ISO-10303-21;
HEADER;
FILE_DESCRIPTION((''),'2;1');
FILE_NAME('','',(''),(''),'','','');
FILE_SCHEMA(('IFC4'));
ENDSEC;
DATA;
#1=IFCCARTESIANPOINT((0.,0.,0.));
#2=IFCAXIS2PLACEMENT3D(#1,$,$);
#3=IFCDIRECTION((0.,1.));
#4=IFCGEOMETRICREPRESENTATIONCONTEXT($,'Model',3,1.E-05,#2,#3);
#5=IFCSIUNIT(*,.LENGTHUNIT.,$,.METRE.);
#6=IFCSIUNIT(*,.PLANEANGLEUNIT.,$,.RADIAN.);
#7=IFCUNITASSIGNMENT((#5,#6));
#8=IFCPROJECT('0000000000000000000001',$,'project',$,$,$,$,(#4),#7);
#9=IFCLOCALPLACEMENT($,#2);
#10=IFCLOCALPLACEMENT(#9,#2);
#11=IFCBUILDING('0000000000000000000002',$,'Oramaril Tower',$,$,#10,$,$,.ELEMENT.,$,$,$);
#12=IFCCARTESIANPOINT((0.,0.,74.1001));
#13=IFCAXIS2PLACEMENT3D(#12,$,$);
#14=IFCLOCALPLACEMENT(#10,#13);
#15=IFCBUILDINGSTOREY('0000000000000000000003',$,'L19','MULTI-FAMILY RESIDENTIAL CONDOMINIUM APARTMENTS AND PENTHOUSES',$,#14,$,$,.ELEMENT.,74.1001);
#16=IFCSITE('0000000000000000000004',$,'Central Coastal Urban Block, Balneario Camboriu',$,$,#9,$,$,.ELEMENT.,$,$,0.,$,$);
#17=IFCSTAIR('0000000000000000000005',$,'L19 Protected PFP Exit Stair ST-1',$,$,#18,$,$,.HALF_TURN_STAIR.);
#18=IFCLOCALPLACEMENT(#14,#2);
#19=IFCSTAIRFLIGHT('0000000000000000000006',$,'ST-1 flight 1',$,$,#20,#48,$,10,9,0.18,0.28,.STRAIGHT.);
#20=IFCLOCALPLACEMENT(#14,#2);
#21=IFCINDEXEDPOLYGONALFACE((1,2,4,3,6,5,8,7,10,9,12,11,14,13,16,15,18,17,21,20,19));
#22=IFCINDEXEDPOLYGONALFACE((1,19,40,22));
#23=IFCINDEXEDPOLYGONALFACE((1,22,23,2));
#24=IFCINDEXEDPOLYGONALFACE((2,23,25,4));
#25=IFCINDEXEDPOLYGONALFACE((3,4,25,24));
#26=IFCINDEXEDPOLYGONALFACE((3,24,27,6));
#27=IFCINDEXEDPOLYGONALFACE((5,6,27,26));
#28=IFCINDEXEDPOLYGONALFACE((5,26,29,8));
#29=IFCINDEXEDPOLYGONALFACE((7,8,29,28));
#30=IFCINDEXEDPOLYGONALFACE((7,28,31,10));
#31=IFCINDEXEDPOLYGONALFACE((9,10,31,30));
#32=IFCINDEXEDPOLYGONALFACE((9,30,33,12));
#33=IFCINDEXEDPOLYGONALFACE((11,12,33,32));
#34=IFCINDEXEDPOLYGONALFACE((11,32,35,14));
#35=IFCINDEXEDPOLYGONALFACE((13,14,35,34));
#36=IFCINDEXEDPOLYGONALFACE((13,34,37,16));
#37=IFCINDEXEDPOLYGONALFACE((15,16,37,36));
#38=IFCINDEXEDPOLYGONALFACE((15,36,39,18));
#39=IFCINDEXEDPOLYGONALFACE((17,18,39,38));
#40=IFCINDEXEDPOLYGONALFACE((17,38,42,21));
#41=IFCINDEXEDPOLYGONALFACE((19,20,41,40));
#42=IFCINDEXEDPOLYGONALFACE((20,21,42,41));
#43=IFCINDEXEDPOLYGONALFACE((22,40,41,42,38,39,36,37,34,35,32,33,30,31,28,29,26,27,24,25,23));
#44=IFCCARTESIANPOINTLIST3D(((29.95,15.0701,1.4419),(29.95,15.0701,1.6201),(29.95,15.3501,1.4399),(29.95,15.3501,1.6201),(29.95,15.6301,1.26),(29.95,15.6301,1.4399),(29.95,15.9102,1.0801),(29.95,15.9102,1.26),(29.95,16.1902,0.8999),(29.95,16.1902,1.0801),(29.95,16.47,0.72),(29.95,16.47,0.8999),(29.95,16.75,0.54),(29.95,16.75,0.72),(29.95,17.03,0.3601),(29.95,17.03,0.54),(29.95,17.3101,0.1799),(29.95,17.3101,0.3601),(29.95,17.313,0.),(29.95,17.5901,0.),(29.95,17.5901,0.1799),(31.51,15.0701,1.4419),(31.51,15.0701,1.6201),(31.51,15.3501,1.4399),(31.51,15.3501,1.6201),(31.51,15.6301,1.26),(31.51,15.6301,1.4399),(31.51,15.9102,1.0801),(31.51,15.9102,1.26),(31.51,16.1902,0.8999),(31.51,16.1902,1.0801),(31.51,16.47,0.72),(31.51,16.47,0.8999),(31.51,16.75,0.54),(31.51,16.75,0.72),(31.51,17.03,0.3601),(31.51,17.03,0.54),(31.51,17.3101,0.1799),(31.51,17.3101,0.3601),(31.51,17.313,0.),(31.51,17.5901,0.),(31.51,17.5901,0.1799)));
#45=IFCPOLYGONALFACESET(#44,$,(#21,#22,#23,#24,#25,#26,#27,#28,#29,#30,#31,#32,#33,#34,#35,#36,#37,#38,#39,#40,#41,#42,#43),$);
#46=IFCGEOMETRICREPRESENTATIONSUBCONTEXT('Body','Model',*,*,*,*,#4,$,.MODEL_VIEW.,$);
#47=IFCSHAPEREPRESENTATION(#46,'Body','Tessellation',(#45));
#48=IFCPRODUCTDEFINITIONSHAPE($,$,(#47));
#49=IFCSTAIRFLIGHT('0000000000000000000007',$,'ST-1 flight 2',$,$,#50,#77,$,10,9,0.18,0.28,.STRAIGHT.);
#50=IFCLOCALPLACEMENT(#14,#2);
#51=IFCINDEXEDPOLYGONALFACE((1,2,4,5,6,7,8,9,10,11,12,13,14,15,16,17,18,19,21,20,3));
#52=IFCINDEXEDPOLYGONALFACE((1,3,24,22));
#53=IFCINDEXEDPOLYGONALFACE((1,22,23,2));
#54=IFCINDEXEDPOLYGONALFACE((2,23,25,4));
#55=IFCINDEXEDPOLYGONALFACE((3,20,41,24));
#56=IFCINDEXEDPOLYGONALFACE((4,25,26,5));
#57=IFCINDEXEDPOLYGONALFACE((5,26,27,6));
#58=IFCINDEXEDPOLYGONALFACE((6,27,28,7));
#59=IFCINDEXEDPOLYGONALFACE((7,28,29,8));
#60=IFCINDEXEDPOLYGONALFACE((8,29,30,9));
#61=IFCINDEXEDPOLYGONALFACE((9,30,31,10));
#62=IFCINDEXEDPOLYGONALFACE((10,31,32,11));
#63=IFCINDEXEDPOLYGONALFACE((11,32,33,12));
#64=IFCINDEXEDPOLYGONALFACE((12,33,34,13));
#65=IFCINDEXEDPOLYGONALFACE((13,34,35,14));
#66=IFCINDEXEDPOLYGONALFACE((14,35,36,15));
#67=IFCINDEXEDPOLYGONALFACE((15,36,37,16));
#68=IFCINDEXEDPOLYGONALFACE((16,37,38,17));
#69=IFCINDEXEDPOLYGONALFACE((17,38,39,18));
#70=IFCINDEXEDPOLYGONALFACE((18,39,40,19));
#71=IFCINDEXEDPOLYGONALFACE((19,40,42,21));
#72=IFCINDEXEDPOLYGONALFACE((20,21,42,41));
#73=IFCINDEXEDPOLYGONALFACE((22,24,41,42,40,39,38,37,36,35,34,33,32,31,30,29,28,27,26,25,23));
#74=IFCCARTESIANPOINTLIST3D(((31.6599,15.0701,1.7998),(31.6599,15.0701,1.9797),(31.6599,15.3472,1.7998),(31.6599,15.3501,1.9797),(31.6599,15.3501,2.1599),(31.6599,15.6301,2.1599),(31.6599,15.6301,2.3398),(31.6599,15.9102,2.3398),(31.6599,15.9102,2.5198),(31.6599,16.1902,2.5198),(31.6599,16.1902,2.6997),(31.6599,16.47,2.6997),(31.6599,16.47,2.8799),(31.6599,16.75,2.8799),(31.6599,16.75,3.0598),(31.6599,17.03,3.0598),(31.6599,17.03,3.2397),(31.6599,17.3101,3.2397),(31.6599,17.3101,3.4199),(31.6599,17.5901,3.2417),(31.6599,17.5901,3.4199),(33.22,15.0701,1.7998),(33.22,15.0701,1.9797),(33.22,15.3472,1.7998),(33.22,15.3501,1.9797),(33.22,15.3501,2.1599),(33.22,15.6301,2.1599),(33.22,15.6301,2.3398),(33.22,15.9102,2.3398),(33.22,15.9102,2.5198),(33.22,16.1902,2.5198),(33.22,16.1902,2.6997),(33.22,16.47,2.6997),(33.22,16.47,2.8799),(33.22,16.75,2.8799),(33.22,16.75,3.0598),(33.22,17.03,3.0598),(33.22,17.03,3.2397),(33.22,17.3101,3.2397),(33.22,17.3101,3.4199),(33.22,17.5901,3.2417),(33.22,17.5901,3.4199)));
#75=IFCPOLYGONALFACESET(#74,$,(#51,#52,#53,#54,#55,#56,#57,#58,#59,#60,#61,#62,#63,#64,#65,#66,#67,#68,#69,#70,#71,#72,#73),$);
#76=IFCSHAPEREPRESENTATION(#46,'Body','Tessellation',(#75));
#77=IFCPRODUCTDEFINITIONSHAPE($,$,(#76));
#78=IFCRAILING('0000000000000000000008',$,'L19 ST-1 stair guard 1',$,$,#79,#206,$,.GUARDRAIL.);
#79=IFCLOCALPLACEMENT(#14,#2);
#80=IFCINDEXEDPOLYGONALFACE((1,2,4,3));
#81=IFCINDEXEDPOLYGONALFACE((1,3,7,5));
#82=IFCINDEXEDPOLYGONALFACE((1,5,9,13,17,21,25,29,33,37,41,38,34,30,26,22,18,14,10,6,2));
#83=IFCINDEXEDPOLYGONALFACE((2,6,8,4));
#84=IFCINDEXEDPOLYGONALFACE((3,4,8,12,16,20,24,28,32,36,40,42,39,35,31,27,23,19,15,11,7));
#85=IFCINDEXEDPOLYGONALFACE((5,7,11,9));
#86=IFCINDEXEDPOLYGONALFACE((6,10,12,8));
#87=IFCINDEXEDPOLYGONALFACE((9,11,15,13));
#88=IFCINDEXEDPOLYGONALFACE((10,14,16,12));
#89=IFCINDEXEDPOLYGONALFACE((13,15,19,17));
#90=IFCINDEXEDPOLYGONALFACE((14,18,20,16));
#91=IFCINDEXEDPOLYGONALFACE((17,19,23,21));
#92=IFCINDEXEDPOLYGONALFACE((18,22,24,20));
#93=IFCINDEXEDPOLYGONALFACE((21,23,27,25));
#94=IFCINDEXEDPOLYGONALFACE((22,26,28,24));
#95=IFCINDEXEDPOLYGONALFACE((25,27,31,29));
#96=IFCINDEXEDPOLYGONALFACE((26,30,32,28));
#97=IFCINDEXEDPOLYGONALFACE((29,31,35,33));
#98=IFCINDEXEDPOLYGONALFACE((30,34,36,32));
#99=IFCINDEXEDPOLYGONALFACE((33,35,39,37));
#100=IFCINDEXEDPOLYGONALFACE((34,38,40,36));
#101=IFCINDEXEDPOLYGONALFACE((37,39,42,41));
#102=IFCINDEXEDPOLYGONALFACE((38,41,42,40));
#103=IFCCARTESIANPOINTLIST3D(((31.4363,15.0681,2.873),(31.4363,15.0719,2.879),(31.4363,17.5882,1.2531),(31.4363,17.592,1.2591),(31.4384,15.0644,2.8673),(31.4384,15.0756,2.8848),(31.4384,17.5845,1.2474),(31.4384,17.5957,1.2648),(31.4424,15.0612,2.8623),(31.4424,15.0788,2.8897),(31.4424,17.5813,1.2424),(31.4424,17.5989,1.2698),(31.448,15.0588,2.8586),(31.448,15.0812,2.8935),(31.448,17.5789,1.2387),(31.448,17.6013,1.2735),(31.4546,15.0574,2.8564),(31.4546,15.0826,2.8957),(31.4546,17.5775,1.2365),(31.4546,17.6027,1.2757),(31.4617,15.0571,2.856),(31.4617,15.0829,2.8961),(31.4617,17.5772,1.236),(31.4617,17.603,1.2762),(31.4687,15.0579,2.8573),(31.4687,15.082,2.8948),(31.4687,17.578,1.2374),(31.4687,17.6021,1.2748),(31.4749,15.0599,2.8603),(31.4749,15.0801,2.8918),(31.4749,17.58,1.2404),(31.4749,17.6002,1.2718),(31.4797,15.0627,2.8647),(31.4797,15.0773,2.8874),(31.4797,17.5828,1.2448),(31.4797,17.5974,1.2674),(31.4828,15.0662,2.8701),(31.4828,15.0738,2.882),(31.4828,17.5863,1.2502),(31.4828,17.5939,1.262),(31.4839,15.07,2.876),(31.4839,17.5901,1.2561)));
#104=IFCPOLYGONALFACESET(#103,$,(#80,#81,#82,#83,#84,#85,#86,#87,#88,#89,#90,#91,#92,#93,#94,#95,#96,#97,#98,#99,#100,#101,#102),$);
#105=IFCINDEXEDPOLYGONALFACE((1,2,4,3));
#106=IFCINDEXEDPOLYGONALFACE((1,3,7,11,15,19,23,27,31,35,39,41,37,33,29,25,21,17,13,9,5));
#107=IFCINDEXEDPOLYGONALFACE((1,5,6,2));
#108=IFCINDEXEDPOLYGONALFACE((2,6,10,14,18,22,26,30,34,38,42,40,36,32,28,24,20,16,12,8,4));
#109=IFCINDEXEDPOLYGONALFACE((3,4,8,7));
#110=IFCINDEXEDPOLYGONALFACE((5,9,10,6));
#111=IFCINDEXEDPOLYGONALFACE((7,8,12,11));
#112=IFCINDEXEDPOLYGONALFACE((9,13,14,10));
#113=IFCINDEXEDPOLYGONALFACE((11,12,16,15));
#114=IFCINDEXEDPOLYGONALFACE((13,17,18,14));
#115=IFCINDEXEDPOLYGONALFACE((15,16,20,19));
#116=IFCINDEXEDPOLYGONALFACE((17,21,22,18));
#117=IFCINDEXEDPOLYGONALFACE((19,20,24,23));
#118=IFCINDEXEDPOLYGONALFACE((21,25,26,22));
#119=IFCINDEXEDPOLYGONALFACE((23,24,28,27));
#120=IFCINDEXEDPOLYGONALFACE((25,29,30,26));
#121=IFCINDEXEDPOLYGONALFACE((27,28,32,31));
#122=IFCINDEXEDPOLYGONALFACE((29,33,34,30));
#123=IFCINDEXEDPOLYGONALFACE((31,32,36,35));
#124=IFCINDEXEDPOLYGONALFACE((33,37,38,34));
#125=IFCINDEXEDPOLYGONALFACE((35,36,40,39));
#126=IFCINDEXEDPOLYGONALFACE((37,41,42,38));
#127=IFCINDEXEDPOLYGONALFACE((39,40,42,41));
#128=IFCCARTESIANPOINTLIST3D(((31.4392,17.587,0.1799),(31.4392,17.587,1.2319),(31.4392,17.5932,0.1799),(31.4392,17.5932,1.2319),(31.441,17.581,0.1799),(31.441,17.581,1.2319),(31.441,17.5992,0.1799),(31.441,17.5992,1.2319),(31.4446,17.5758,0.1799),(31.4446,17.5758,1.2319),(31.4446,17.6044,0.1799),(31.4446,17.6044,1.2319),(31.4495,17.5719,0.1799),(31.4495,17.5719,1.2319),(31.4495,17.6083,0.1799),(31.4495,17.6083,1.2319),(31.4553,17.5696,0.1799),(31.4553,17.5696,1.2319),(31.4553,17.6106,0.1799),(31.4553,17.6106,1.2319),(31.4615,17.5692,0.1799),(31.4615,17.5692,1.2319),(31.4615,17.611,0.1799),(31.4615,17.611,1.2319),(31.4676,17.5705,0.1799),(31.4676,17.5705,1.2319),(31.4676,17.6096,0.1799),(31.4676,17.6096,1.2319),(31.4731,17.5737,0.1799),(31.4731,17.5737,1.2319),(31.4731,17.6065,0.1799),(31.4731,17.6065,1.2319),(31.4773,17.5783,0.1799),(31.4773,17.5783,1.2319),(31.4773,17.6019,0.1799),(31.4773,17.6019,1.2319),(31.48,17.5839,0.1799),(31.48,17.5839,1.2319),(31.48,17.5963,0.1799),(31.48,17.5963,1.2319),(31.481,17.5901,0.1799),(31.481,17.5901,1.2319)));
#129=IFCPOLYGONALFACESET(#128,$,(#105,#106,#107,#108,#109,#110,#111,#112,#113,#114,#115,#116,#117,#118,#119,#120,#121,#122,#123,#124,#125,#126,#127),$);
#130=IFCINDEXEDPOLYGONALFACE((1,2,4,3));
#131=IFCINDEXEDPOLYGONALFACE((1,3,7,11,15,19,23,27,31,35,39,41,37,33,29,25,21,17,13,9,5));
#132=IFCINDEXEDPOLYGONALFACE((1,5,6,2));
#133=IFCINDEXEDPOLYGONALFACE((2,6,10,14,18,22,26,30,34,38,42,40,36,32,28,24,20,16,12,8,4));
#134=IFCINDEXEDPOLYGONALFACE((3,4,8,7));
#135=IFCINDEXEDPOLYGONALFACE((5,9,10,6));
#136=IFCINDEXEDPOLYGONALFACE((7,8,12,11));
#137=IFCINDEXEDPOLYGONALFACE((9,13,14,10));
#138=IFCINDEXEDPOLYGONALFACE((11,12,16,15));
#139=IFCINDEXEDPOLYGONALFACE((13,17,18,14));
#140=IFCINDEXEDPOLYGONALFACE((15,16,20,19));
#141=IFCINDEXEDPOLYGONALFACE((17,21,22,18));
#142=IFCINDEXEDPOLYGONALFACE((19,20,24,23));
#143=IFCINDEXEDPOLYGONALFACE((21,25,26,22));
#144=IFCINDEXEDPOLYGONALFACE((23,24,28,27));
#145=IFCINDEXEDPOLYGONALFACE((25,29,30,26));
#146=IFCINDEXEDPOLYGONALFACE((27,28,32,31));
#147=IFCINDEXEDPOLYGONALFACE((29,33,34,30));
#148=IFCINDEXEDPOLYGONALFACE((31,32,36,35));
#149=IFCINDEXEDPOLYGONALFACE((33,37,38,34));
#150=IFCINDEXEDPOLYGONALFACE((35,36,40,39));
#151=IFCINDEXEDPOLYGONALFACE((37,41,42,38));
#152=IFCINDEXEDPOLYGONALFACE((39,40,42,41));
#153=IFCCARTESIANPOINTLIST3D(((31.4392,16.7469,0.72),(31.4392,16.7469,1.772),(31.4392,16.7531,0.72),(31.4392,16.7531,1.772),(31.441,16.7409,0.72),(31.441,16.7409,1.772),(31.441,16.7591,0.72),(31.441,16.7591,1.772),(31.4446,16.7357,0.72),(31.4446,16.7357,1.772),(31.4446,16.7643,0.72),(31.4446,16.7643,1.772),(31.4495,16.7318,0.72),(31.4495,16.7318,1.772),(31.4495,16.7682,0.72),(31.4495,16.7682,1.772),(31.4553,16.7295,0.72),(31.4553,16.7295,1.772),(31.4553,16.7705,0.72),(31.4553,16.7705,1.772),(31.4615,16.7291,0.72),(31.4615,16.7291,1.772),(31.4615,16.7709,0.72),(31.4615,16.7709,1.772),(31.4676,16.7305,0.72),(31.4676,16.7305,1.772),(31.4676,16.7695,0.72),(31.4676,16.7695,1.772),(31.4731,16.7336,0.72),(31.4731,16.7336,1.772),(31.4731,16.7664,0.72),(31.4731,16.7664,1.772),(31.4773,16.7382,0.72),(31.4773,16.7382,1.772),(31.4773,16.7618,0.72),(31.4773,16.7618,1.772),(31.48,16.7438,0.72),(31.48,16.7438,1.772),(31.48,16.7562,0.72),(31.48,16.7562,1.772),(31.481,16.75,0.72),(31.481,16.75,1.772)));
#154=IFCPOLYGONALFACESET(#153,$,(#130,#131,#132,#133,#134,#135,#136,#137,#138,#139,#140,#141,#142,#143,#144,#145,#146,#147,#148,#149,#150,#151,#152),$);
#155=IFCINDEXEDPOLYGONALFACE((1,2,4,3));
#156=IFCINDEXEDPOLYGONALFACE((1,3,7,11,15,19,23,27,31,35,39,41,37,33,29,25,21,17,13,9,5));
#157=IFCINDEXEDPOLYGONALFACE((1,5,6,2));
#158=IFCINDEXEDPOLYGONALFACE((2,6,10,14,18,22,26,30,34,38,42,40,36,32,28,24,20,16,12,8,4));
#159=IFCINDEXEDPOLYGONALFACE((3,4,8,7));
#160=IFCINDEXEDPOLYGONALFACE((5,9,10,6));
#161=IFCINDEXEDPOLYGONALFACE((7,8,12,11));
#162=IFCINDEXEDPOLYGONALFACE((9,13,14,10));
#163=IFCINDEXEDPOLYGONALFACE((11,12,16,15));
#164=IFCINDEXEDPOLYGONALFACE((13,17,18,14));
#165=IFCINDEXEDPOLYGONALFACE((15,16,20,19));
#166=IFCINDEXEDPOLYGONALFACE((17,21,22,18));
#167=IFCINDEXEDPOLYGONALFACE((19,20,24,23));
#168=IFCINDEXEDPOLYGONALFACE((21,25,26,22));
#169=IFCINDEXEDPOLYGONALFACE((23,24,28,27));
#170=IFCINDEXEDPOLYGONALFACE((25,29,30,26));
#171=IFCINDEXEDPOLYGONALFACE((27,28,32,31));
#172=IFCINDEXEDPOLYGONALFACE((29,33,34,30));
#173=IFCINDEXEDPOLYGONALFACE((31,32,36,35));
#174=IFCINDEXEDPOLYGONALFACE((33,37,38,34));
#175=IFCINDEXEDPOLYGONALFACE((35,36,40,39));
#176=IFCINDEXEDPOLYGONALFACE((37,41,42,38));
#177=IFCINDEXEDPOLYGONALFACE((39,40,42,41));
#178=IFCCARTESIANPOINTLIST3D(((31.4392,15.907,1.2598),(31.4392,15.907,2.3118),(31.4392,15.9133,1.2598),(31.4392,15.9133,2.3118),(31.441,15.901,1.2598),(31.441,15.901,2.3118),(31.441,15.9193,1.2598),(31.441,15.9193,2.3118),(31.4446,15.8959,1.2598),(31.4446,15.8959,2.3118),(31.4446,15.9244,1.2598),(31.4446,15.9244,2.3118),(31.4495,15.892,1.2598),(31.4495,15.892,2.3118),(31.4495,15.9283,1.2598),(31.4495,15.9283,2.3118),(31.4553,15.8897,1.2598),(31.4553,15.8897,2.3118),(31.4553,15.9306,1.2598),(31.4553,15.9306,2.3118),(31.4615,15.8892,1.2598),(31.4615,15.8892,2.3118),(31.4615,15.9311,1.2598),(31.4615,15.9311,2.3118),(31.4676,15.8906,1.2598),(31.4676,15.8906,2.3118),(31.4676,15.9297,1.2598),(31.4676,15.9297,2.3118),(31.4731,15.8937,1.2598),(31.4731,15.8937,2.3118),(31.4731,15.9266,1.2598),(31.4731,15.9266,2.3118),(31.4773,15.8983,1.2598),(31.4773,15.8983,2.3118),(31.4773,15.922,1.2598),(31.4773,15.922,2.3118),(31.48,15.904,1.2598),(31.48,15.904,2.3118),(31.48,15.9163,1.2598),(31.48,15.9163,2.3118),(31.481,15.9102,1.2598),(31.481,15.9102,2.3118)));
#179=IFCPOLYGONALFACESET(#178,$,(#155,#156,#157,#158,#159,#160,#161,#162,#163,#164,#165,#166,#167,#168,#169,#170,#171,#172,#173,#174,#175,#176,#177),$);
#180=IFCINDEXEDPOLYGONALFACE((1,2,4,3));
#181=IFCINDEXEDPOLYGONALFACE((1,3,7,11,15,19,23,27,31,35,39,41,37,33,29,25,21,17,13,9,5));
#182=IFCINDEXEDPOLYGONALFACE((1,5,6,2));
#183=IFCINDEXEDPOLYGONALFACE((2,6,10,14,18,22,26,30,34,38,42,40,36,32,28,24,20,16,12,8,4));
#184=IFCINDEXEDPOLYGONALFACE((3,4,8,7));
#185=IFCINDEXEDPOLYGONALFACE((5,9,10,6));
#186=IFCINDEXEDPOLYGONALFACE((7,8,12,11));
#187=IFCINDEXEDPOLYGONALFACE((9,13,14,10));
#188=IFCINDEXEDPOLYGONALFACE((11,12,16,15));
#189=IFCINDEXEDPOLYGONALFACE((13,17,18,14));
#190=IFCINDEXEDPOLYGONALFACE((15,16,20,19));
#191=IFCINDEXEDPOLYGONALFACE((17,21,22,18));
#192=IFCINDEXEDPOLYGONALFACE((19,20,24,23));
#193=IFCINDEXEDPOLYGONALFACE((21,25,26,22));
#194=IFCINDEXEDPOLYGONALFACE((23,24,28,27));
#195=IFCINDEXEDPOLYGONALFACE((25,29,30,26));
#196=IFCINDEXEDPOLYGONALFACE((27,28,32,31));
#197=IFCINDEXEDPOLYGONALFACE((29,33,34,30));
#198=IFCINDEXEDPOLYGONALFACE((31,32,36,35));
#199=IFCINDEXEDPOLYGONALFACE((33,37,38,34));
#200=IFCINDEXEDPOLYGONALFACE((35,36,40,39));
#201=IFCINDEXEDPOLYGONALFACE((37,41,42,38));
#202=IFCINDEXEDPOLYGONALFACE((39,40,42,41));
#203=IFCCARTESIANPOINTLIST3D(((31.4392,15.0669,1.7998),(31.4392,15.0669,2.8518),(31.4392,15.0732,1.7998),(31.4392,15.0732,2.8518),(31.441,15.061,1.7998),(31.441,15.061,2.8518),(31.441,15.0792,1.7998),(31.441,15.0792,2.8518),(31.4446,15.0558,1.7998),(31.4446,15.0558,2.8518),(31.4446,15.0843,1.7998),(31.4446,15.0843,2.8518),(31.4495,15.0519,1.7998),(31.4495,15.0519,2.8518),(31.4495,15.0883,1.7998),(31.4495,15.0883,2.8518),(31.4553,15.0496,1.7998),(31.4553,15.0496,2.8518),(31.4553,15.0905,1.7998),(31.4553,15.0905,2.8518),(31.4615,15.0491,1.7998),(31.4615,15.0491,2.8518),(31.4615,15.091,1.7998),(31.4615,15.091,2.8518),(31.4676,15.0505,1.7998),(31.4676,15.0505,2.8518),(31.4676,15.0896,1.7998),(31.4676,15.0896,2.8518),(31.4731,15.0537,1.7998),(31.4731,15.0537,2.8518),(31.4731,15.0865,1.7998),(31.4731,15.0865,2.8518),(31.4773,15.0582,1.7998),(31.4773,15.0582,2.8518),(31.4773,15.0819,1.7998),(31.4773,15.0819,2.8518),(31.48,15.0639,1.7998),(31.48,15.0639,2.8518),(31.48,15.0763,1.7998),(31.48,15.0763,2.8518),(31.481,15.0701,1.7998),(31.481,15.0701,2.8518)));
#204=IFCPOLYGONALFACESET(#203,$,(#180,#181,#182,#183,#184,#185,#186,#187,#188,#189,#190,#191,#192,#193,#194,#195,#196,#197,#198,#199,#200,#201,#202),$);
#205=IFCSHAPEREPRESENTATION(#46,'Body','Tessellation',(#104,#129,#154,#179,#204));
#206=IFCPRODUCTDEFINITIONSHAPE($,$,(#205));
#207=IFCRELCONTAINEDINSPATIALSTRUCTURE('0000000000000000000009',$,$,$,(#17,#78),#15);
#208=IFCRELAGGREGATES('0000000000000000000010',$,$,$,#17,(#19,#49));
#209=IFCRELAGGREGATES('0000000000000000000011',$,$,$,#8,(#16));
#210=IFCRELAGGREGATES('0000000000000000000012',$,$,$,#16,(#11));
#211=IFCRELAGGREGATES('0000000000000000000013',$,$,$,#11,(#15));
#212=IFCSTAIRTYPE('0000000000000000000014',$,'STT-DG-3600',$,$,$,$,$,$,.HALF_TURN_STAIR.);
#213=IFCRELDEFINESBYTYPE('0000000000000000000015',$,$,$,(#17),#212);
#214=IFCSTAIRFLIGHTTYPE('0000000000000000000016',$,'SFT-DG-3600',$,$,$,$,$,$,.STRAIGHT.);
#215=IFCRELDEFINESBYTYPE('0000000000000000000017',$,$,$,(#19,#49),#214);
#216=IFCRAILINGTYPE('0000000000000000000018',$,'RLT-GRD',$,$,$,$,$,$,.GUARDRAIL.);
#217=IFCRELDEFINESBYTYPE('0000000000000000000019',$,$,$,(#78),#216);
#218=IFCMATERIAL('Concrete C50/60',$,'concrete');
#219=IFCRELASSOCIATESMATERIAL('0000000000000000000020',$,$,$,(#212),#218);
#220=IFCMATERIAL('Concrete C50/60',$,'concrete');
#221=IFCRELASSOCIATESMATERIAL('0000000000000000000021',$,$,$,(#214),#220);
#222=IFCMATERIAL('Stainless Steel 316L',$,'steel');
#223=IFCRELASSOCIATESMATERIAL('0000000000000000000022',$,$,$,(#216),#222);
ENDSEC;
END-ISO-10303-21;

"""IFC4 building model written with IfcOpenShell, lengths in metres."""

from ifc_helpers import new_model, si_unit, direction, frame, origin, origin_2d, place, context, subcontext, project, spatial, polyline, circle, outline, extrude, material, type_object, element, aggregate, save


model = new_model("IFC4")

# Units and contexts
model_context = context("Model", 3, precision=1e-05, world=origin(), true_north=direction((0.0, 1.0)))
body_context = subcontext(model_context, "Body", "Model", "MODEL_VIEW")
ifc_project = project(units=[si_unit("LENGTHUNIT", "METRE"), si_unit("PLANEANGLEUNIT", "RADIAN")], contexts=[model_context])

# Site, building, storey
site_placement = place(None, origin())
site = spatial("IfcSite", under=ifc_project, at=site_placement, Name="Central Coastal Urban Block, Balneario Camboriu", CompositionType="ELEMENT", RefElevation=0.0)
building_placement = place(site_placement, origin())
building = spatial("IfcBuilding", under=site, at=building_placement, Name="Oramaril Tower", CompositionType="ELEMENT")
storey_placement = place(building_placement, frame((0.0, 0.0, 74.1001)))
storey = spatial("IfcBuildingStorey", under=building, at=storey_placement, Name="L19", Description="MULTI-FAMILY RESIDENTIAL CONDOMINIUM APARTMENTS AND PENTHOUSES", CompositionType="ELEMENT", Elevation=74.1001)

# Stair, stair flights
ifc_material_1 = material(Name="Concrete C50/60", Category="concrete")
stair_type = type_object("IfcStairType", Name="STT-DG-3600", PredefinedType="HALF_TURN_STAIR", material=ifc_material_1)
stair_placement = place(storey_placement, origin())
stair = element("IfcStair", 1, at=stair_placement, inside=storey, type_object=stair_type, Name="L19 Protected PFP Exit Stair ST-1", PredefinedType="HALF_TURN_STAIR")
ifc_material_2 = material(Name="Concrete C50/60", Category="concrete")
stair_flight_type = type_object("IfcStairFlightType", Name="SFT-DG-3600", PredefinedType="STRAIGHT", material=ifc_material_2)
stair_flight_1_placement = place(storey_placement, frame((30.73, 17.5901, 0.0), z_axis=(0.0, 0.0, 1.0), x_axis=(0.0, -1.0, 0.0)))
stair_flight_1 = element("IfcStairFlight", 2, at=stair_flight_1_placement, type_object=stair_flight_type, Name="ST-1 flight 1", NumberOfRisers=10, NumberOfTreads=9, PredefinedType="STRAIGHT", RiserHeight=0.18, TreadLength=0.28, context=body_context, shape_type="SweptSolid", body=[
    extrude(outline(polyline([(0.0, 0.0), (0.0, 0.1799), (0.28, 0.1799), (0.28, 0.3601), (0.5601, 0.3601), (0.5601, 0.54), (0.8401, 0.54), (0.8401, 0.72), (1.1201, 0.72), (1.1201, 0.8999), (1.3999, 0.8999), (1.3999, 1.0801), (1.6799, 1.0801), (1.6799, 1.26), (1.96, 1.26), (1.96, 1.4399), (2.24, 1.4399), (2.24, 1.6201), (2.52, 1.6201), (2.52, 1.8), (2.52, 1.4419), (0.2771, 0.0), (0.0, 0.0)])), frame((0.0, 0.78, 0.0), z_axis=(0.0, -1.0, 0.0), x_axis=(1.0, 0.0, 0.0)), (0.0, 0.0, 1.0), 1.5601),
])
stair_flight_2_placement = place(storey_placement, frame((32.4399, 15.0701, 1.7998), z_axis=(0.0, 0.0, 1.0), x_axis=(0.0, 1.0, 0.0)))
stair_flight_2 = element("IfcStairFlight", 3, at=stair_flight_2_placement, type_object=stair_flight_type, Name="ST-1 flight 2", NumberOfRisers=10, NumberOfTreads=9, PredefinedType="STRAIGHT", RiserHeight=0.18, TreadLength=0.28, context=body_context, shape_type="SweptSolid", body=[
    extrude(outline(polyline([(0.0, 0.0), (0.0, 0.1799), (0.28, 0.1799), (0.28, 0.3601), (0.5601, 0.3601), (0.5601, 0.54), (0.8401, 0.54), (0.8401, 0.72), (1.1201, 0.72), (1.1201, 0.8999), (1.3999, 0.8999), (1.3999, 1.0801), (1.6799, 1.0801), (1.6799, 1.26), (1.96, 1.26), (1.96, 1.4399), (2.24, 1.4399), (2.24, 1.6201), (2.52, 1.6201), (2.52, 1.8), (2.52, 1.4419), (0.2771, 0.0), (0.0, 0.0)])), frame((0.0, 0.78, 0.0), z_axis=(0.0, -1.0, 0.0), x_axis=(1.0, 0.0, 0.0)), (0.0, 0.0, 1.0), 1.5601),
])
aggregate(stair, [stair_flight_1, stair_flight_2])

# Railing
ifc_material_3 = material(Name="Stainless Steel 316L", Category="steel")
railing_type_1 = type_object("IfcRailingType", Name="RLT-GRD", PredefinedType="GUARDRAIL", material=ifc_material_3)
railing_1_placement = place(storey_placement, frame((31.46, 17.5901, 0.1799)))
element("IfcRailing", 4, at=railing_1_placement, inside=storey, type_object=railing_type_1, Name="L19 ST-1 stair guard 1", PredefinedType="GUARDRAIL", context=body_context, shape_type="SweptSolid", body=[
    extrude(circle(Radius=0.0239, at=origin_2d()), frame((0.0, 0.0, 1.0762), z_axis=(0.0, -0.8412, 0.540725), x_axis=(1.0, 0.0, 0.0)), (0.0, 0.0, 1.0), 2.9958),
    extrude(circle(Radius=0.021, at=origin_2d()), origin(), (0.0, 0.0, 1.0), 1.052),
    extrude(circle(Radius=0.021, at=origin_2d()), frame((0.0, -0.8401, 0.54)), (0.0, 0.0, 1.0), 1.052),
    extrude(circle(Radius=0.021, at=origin_2d()), frame((0.0, -1.6799, 1.0798)), (0.0, 0.0, 1.0), 1.052),
    extrude(circle(Radius=0.021, at=origin_2d()), frame((0.0, -2.52, 1.6199)), (0.0, 0.0, 1.0), 1.052),
])

save(model, "model.ifc")
